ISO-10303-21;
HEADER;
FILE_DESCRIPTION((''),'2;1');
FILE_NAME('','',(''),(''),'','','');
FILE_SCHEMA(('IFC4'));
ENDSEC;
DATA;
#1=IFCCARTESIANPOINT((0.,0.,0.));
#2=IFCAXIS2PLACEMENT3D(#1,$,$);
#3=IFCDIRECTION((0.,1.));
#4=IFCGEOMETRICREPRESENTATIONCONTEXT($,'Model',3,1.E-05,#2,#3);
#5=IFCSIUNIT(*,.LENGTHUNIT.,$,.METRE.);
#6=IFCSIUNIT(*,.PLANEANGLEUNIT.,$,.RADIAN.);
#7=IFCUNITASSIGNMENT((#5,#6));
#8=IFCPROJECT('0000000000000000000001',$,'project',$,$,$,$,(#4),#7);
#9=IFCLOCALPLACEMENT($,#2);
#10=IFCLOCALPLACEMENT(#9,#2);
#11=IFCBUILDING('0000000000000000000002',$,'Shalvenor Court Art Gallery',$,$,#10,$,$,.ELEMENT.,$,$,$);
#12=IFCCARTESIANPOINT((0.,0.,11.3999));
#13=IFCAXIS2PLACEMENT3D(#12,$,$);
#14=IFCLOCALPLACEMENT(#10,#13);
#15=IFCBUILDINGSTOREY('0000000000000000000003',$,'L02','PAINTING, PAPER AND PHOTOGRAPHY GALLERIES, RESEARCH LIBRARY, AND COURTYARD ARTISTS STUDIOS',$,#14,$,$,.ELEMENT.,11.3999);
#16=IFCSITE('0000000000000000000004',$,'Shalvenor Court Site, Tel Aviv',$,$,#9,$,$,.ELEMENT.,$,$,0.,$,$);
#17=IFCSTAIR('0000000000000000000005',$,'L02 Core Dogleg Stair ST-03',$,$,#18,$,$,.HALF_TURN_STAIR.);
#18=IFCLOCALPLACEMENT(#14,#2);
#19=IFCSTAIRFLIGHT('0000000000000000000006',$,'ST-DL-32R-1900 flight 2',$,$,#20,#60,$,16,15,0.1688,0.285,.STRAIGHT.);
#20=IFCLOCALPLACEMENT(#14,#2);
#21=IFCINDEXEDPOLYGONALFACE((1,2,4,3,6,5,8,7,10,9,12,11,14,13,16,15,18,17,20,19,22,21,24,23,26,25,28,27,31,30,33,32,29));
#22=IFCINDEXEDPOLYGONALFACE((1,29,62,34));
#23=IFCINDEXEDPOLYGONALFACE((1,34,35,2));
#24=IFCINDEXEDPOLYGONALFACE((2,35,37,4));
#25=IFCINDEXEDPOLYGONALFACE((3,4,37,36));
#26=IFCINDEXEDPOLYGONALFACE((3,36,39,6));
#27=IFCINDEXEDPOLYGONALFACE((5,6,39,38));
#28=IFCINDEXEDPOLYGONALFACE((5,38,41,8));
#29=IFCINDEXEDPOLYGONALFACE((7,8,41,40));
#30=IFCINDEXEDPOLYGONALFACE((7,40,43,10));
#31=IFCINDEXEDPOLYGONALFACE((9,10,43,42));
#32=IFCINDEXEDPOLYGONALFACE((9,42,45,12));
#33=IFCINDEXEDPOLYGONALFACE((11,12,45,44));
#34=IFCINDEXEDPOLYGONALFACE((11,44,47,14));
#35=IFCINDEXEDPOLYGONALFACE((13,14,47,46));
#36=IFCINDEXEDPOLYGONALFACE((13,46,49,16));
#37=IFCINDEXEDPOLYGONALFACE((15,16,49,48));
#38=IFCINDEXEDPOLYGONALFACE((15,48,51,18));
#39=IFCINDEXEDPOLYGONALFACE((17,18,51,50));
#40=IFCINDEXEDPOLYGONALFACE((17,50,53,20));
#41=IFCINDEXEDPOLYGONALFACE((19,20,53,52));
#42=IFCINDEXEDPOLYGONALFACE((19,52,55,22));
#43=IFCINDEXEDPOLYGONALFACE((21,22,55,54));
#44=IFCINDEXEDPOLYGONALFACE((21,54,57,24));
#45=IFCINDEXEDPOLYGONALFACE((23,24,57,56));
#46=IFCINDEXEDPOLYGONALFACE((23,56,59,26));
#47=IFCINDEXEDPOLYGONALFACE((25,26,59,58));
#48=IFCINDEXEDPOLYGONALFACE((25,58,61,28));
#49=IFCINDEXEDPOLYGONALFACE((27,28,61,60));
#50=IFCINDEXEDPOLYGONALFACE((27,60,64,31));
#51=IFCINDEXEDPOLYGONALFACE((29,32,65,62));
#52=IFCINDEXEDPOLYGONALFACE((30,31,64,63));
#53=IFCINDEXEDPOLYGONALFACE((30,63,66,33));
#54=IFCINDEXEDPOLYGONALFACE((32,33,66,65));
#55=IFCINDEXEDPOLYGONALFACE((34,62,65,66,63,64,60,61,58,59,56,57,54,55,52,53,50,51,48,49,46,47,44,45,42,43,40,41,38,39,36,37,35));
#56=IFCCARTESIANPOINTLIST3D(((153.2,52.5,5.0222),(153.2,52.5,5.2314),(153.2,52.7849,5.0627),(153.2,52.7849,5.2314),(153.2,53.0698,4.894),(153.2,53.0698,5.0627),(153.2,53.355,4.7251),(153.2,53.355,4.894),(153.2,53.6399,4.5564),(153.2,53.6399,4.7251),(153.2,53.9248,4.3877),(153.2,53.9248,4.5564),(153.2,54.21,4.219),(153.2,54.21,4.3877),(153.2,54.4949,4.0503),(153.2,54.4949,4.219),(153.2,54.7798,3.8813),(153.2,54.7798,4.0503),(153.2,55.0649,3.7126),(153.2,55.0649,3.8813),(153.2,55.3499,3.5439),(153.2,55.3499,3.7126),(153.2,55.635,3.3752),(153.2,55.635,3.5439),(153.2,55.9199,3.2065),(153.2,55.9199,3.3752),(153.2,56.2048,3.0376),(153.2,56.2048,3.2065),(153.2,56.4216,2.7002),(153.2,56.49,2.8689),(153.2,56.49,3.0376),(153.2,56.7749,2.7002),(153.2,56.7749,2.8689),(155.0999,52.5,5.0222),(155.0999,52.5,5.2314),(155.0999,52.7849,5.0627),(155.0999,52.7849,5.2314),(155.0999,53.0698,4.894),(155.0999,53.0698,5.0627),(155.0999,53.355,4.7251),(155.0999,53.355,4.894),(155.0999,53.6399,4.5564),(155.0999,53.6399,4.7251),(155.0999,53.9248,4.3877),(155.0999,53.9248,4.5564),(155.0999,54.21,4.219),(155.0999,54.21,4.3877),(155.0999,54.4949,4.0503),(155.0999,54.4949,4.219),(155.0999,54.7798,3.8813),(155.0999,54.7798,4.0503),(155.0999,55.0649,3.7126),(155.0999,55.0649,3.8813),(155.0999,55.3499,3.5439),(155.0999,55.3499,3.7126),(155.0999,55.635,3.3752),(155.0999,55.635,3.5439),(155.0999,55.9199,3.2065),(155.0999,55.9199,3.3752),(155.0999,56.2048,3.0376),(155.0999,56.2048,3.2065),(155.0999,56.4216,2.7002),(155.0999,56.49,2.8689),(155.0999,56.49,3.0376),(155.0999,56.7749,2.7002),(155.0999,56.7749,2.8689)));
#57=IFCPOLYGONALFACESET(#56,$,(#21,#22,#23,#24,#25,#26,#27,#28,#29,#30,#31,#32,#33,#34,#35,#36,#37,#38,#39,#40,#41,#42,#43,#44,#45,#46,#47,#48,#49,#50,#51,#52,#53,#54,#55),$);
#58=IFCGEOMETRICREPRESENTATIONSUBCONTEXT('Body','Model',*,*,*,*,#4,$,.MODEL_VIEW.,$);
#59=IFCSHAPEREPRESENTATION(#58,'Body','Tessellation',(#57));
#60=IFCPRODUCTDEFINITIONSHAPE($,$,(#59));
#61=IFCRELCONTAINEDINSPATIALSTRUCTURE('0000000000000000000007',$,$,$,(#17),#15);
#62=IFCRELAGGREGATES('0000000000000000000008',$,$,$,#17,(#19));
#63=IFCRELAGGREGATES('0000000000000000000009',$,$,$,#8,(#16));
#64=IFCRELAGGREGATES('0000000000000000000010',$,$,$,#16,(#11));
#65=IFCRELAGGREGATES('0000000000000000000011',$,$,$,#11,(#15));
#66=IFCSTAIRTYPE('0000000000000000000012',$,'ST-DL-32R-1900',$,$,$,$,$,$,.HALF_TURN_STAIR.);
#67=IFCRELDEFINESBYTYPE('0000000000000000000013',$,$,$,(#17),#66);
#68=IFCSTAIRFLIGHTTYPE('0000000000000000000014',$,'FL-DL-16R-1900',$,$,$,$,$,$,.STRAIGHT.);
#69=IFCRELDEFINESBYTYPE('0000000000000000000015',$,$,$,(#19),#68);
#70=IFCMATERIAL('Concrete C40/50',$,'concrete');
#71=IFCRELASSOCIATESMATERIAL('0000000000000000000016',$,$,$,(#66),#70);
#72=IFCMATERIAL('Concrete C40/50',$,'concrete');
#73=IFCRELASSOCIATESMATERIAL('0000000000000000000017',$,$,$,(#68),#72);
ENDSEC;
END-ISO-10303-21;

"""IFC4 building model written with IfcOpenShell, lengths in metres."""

from ifc_helpers import new_model, si_unit, direction, frame, origin, place, context, subcontext, project, spatial, polyline, outline, extrude, material, type_object, element, aggregate, save


model = new_model("IFC4")

# Units and contexts
model_context = context("Model", 3, precision=1e-05, world=origin(), true_north=direction((0.0, 1.0)))
body_context = subcontext(model_context, "Body", "Model", "MODEL_VIEW")
ifc_project = project(units=[si_unit("LENGTHUNIT", "METRE"), si_unit("PLANEANGLEUNIT", "RADIAN")], contexts=[model_context])

# Site, building, storey
site_placement = place(None, origin())
site = spatial("IfcSite", under=ifc_project, at=site_placement, Name="Shalvenor Court Site, Tel Aviv", CompositionType="ELEMENT", RefElevation=0.0)
building_placement = place(site_placement, origin())
building = spatial("IfcBuilding", under=site, at=building_placement, Name="Shalvenor Court Art Gallery", CompositionType="ELEMENT")
storey_placement = place(building_placement, frame((0.0, 0.0, 11.3999)))
storey = spatial("IfcBuildingStorey", under=building, at=storey_placement, Name="L02", Description="PAINTING, PAPER AND PHOTOGRAPHY GALLERIES, RESEARCH LIBRARY, AND COURTYARD ARTISTS STUDIOS", CompositionType="ELEMENT", Elevation=11.3999)

# Stair, stair flight
ifc_material_1 = material(Name="Concrete C40/50", Category="concrete")
stair_type = type_object("IfcStairType", Name="ST-DL-32R-1900", PredefinedType="HALF_TURN_STAIR", material=ifc_material_1)
stair_placement = place(storey_placement, origin())
stair = element("IfcStair", 1, at=stair_placement, inside=storey, type_object=stair_type, Name="L02 Core Dogleg Stair ST-03", PredefinedType="HALF_TURN_STAIR")
ifc_material_2 = material(Name="Concrete C40/50", Category="concrete")
stair_flight_type = type_object("IfcStairFlightType", Name="FL-DL-16R-1900", PredefinedType="STRAIGHT", material=ifc_material_2)
stair_flight_1_placement = place(storey_placement, frame((154.1499, 56.7749, 2.7002), z_axis=(0.0, 0.0, 1.0), x_axis=(0.0, -1.0, 0.0)))
stair_flight_1 = element("IfcStairFlight", 2, at=stair_flight_1_placement, type_object=stair_flight_type, Name="ST-DL-32R-1900 flight 2", NumberOfRisers=16, NumberOfTreads=15, PredefinedType="STRAIGHT", RiserHeight=0.1688, TreadLength=0.285, context=body_context, shape_type="SweptSolid", body=[
    extrude(outline(polyline([(0.0, 0.0), (0.0, 0.1687), (0.2849, 0.1687), (0.2849, 0.3374), (0.5701, 0.3374), (0.5701, 0.5063), (0.855, 0.5063), (0.855, 0.675), (1.1399, 0.675), (1.1399, 0.8438), (1.425, 0.8438), (1.425, 1.0125), (1.71, 1.0125), (1.71, 1.1812), (1.9951, 1.1812), (1.9951, 1.3501), (2.28, 1.3501), (2.28, 1.5188), (2.5649, 1.5188), (2.5649, 1.6875), (2.8501, 1.6875), (2.8501, 1.8562), (3.135, 1.8562), (3.135, 2.0249), (3.4199, 2.0249), (3.4199, 2.1938), (3.7051, 2.1938), (3.7051, 2.3625), (3.99, 2.3625), (3.99, 2.5312), (4.2749, 2.5312), (4.2749, 2.7), (4.2749, 2.322), (0.3533, 0.0), (0.0, 0.0)])), frame((0.0, 0.95, 0.0), z_axis=(0.0, -1.0, 0.0), x_axis=(1.0, 0.0, 0.0)), (0.0, 0.0, 1.0), 1.8999),
])
aggregate(stair, [stair_flight_1])

save(model, "model.ifc")
